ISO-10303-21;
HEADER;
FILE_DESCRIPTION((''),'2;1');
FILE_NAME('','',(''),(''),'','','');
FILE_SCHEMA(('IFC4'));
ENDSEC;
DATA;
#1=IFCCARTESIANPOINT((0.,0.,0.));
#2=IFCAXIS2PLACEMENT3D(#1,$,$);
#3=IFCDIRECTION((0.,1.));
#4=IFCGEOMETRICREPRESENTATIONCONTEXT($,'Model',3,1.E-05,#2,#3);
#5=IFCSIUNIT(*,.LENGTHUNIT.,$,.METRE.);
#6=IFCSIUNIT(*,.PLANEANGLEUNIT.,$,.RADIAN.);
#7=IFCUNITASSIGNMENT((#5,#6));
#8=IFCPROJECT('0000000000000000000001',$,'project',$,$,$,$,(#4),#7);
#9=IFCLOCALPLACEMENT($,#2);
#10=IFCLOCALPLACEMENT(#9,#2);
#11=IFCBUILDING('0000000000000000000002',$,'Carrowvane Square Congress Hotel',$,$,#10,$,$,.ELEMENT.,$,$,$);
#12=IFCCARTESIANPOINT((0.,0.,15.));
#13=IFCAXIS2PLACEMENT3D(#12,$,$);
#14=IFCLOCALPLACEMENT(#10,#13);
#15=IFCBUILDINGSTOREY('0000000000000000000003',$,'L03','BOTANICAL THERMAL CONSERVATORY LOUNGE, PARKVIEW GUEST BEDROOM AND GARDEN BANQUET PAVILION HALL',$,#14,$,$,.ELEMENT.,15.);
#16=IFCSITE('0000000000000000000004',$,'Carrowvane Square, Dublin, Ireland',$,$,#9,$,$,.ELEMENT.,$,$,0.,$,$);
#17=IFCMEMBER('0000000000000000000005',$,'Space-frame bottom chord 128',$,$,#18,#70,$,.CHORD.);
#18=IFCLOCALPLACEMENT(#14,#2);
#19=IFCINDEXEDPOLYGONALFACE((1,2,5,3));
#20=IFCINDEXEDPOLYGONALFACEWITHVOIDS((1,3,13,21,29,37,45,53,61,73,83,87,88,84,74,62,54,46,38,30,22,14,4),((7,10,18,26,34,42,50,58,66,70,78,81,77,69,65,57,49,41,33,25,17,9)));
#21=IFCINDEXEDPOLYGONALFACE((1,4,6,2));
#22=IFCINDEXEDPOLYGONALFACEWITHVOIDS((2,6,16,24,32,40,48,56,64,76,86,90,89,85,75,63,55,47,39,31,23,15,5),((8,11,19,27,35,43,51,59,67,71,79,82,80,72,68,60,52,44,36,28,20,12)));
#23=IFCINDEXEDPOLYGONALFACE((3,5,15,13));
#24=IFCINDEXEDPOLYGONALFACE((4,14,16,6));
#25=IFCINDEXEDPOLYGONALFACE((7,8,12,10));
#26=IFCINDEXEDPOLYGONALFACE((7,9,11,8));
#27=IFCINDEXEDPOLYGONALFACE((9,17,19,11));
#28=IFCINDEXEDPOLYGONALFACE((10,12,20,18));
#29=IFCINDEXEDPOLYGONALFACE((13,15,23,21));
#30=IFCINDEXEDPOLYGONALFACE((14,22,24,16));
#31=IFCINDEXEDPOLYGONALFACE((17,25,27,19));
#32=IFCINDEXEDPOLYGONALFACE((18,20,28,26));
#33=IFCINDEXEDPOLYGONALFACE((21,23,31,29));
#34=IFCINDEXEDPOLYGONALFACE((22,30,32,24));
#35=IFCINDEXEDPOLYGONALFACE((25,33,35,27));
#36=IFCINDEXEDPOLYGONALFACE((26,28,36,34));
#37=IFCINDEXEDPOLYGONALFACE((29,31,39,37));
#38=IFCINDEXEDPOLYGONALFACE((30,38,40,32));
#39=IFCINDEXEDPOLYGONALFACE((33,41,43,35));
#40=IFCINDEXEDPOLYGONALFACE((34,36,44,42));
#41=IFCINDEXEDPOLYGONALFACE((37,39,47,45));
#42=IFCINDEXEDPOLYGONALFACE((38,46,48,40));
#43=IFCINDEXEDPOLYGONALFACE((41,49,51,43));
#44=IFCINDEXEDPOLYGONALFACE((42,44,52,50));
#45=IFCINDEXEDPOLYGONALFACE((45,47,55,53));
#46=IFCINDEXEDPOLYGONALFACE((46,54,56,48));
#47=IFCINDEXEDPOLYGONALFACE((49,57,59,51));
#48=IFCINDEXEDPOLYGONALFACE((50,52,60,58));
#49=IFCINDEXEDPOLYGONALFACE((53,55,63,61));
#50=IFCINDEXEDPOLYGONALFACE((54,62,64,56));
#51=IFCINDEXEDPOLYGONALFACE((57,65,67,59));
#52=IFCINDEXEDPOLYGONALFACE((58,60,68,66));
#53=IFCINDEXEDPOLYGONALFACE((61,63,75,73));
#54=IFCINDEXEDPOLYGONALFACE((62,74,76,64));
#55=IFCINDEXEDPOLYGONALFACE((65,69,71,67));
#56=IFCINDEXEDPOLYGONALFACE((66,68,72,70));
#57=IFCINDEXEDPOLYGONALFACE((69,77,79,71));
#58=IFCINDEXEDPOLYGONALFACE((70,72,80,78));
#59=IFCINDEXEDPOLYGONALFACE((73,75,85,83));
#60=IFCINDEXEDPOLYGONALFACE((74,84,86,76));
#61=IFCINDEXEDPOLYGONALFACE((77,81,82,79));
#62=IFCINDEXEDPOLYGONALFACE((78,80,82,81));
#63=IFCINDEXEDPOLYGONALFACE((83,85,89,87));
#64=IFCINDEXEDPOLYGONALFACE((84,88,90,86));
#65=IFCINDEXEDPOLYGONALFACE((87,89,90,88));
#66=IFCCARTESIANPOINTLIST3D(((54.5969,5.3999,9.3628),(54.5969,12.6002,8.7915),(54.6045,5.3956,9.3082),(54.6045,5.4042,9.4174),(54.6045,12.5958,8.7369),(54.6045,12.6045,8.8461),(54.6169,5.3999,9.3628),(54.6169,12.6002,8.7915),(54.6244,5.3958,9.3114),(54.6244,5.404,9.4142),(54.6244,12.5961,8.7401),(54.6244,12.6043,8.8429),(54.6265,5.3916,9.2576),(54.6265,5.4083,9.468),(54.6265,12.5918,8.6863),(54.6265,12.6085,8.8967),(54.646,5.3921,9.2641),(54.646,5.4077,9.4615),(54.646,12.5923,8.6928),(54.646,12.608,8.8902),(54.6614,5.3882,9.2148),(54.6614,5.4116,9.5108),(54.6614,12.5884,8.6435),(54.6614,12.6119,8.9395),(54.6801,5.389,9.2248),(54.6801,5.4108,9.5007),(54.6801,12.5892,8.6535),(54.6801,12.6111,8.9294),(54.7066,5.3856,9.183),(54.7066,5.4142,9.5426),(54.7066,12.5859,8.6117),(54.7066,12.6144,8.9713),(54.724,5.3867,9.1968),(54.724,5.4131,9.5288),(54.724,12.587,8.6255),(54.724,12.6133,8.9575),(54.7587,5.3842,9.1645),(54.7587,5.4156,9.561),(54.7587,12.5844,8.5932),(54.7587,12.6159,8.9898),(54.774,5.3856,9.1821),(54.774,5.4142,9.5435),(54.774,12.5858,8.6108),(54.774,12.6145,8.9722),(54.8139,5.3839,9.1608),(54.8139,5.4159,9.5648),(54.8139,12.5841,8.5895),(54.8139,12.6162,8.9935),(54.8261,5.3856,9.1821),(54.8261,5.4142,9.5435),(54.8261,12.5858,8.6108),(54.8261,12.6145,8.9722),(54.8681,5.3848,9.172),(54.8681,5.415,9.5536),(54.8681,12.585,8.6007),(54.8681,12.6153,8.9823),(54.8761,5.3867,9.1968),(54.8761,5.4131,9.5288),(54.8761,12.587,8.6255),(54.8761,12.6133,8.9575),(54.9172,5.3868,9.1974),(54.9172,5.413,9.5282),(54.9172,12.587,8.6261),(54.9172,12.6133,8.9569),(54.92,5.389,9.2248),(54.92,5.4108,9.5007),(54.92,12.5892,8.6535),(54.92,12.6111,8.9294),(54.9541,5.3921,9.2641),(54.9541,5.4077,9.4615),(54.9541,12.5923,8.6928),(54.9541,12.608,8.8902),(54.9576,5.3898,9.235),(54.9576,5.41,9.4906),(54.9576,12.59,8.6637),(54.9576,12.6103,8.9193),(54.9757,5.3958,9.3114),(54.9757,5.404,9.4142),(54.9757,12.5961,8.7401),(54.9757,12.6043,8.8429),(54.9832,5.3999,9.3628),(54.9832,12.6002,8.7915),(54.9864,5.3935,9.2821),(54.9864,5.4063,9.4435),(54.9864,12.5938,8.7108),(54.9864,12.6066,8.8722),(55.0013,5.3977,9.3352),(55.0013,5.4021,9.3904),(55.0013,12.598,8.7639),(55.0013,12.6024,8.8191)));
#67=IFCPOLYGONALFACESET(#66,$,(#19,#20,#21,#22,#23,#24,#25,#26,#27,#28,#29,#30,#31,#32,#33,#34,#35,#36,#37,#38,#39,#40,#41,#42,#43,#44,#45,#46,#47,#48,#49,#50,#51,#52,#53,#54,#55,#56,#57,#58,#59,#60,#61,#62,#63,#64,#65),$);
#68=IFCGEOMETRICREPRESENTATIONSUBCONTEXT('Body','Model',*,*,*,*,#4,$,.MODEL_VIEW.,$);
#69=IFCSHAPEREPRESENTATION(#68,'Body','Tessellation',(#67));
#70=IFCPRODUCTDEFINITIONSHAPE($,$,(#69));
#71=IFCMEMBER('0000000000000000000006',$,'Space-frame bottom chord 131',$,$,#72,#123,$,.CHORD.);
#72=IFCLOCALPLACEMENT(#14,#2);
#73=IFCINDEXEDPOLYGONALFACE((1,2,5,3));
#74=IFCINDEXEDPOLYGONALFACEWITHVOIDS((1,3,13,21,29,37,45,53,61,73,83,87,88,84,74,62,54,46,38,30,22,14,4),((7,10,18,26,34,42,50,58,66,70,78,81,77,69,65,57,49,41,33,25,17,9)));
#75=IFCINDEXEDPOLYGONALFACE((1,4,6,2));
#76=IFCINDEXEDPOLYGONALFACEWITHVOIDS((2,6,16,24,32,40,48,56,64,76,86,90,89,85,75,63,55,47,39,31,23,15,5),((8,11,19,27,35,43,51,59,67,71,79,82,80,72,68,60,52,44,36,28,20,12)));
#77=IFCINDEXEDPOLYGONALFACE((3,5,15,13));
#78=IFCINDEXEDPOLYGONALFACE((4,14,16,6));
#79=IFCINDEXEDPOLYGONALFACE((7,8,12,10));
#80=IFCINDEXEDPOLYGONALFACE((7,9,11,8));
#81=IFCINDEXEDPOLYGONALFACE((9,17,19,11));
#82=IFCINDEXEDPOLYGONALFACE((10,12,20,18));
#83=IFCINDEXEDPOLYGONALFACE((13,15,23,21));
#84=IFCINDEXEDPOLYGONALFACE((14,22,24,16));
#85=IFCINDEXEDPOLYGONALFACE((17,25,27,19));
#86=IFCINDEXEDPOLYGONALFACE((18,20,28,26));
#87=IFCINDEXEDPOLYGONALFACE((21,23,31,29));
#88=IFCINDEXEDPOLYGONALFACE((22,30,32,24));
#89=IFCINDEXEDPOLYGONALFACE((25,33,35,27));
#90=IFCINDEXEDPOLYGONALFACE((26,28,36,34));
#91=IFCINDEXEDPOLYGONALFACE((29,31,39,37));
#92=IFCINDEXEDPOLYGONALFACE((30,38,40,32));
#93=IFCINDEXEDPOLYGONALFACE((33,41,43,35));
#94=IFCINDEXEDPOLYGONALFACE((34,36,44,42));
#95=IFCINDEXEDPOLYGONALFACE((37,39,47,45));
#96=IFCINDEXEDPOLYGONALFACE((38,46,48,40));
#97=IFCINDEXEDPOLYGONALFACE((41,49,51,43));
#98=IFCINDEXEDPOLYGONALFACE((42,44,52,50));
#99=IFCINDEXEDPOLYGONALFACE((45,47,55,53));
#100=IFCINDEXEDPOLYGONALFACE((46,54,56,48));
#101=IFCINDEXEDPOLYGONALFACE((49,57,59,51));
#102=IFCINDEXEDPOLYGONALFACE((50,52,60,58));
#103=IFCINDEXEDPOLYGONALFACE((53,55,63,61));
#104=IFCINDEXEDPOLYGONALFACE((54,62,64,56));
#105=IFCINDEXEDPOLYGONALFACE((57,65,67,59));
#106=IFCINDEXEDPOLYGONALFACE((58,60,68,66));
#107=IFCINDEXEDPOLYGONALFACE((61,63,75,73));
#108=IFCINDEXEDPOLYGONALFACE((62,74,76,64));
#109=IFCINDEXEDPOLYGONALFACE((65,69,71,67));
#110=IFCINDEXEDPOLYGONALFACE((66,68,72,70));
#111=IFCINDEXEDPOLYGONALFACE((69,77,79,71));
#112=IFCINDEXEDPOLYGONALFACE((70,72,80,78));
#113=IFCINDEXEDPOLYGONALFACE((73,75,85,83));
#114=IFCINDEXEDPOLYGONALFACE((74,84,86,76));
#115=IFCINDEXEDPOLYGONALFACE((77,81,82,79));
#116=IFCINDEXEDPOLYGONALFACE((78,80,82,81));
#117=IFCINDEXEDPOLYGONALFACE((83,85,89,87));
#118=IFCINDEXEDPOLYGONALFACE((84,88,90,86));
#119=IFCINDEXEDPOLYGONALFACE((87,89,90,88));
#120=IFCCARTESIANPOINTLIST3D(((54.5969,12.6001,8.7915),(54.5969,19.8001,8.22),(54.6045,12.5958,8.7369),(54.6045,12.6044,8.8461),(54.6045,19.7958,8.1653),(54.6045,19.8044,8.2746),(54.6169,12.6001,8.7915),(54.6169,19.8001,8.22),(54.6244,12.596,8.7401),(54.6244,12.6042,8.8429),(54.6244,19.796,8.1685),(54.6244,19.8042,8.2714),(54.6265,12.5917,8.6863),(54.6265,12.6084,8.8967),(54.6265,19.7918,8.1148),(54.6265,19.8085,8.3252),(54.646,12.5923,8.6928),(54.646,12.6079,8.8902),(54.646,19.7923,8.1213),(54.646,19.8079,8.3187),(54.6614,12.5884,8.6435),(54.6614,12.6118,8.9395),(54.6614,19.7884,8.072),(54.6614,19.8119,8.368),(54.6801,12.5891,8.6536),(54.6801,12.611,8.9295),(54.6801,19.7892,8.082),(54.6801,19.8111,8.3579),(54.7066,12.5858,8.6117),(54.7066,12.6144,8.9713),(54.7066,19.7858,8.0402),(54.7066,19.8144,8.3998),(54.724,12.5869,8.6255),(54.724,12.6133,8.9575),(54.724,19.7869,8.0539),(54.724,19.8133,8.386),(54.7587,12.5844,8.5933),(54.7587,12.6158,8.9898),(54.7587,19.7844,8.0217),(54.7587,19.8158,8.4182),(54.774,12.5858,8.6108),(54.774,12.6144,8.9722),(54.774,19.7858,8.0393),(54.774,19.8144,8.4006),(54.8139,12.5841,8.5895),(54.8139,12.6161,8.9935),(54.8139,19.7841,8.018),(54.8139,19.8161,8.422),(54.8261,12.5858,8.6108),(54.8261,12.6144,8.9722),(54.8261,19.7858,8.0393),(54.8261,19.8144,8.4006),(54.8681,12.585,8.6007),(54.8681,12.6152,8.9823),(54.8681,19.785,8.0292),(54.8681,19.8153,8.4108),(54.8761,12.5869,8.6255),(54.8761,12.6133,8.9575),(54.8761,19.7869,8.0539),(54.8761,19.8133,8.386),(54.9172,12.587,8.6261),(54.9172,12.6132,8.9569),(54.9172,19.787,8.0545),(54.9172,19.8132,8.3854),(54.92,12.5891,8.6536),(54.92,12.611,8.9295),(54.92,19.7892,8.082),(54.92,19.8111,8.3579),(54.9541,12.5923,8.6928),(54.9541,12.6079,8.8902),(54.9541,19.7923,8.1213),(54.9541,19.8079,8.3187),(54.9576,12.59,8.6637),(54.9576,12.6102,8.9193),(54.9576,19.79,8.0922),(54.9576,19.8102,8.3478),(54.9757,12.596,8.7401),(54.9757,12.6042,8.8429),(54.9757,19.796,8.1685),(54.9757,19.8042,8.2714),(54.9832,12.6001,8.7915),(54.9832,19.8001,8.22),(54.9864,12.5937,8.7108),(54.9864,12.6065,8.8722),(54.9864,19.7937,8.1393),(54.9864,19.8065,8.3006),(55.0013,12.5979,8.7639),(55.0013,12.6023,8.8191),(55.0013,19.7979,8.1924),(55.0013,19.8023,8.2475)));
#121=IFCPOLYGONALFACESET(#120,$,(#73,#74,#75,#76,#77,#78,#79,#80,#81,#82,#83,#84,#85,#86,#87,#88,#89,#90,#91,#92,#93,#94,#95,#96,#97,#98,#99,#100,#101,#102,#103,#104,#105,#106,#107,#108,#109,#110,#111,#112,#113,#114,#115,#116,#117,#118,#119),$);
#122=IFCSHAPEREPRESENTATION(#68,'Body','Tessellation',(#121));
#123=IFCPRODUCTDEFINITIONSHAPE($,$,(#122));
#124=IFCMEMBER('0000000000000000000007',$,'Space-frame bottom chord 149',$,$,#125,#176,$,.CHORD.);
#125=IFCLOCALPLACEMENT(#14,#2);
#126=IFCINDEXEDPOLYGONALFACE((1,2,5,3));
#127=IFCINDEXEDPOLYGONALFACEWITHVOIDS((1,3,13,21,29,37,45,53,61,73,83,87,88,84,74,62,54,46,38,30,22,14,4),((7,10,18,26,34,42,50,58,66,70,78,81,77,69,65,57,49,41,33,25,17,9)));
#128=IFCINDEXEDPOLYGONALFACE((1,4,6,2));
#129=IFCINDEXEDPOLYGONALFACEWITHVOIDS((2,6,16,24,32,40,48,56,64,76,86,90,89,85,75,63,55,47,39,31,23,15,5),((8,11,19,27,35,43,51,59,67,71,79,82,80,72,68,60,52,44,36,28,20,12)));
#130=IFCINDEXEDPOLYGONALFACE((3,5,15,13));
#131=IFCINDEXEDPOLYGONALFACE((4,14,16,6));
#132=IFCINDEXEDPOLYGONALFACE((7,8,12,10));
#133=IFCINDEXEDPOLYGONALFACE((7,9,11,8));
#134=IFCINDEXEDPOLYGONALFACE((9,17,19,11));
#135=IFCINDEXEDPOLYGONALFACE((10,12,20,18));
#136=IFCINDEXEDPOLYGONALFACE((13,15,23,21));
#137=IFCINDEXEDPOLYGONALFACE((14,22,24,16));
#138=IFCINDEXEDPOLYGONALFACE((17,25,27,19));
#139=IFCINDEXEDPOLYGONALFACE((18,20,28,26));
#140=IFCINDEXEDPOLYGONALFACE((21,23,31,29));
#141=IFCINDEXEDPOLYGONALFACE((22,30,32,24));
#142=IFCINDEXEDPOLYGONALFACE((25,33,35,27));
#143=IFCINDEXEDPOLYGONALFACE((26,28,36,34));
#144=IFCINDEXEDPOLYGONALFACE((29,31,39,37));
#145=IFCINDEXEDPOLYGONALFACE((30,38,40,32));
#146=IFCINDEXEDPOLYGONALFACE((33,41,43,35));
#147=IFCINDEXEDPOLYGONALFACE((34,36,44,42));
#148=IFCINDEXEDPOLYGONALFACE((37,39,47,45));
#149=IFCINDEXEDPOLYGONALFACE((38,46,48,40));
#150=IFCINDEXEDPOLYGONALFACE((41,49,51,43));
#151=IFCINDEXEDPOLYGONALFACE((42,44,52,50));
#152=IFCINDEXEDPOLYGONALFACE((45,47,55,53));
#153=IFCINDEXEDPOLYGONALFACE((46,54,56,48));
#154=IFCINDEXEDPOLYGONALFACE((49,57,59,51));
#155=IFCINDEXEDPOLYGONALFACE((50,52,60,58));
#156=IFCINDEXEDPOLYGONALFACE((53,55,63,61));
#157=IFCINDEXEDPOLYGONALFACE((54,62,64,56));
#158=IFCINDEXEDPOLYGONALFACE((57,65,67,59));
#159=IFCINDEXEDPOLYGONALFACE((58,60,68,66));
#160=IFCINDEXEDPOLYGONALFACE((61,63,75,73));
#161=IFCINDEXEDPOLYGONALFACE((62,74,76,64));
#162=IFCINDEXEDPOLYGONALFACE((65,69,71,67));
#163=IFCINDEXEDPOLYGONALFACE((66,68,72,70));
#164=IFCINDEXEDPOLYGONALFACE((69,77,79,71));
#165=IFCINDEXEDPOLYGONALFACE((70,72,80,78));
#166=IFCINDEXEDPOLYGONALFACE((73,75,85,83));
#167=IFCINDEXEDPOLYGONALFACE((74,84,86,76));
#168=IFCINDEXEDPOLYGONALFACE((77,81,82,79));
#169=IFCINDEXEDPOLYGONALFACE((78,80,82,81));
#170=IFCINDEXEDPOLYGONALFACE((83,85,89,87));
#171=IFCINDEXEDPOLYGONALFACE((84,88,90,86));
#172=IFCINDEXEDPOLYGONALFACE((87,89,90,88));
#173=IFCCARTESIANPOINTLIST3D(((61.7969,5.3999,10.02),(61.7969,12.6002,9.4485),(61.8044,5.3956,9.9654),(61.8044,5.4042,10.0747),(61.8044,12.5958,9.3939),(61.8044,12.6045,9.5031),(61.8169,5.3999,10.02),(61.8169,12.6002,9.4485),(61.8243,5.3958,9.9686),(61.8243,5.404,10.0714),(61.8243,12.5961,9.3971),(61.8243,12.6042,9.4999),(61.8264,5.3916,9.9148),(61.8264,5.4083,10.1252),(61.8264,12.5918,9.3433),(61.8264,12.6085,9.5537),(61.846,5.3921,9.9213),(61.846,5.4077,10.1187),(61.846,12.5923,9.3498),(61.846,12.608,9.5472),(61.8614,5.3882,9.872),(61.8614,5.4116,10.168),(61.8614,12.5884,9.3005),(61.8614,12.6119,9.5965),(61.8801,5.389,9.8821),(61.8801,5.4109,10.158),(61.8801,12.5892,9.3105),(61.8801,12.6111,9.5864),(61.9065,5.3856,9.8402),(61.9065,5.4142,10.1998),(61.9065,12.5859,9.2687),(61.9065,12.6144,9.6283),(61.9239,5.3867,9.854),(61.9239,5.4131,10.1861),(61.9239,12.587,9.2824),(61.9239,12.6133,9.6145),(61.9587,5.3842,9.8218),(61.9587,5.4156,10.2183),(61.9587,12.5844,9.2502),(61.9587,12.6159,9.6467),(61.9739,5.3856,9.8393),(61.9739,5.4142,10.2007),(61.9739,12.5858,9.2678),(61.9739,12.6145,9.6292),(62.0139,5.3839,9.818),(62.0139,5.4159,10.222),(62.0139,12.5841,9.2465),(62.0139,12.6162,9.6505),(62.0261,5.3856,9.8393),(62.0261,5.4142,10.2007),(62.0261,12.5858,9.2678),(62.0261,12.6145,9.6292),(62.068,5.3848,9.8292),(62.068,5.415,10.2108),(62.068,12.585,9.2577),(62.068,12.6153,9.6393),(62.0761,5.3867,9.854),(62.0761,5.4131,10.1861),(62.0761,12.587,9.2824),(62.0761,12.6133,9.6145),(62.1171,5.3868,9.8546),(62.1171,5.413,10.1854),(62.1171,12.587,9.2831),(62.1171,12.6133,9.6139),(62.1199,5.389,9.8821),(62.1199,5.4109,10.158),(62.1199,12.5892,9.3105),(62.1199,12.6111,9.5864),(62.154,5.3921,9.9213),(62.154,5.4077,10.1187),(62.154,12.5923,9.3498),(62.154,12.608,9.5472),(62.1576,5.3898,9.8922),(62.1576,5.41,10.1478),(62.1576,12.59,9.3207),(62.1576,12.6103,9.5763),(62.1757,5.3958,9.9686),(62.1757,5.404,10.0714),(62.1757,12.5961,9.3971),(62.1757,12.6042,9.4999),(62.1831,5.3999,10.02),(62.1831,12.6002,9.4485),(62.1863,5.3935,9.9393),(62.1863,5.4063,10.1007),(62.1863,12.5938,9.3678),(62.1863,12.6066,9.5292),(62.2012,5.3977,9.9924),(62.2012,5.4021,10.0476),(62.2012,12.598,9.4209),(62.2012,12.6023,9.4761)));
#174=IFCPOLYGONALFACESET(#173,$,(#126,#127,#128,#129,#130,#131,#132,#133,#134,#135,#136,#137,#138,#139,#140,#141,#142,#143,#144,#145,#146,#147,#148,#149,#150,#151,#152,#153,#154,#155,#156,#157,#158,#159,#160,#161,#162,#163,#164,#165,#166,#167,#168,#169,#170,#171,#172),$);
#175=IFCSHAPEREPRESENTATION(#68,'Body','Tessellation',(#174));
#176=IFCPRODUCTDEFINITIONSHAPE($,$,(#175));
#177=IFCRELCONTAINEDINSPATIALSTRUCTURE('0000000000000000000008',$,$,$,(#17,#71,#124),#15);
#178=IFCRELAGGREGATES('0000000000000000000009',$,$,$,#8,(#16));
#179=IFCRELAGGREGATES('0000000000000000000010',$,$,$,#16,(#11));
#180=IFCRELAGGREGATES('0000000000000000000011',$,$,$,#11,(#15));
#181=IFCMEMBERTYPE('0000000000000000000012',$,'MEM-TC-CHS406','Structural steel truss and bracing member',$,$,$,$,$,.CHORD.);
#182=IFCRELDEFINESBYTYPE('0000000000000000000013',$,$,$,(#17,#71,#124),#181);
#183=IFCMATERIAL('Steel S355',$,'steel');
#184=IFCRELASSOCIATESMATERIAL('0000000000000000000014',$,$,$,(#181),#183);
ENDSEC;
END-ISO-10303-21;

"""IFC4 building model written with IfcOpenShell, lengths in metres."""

from ifc_helpers import new_model, si_unit, direction, frame, origin, origin_2d, place, context, subcontext, project, spatial, hollow_circle, extrude, material, material_profile, profile_set, type_object, element, save


model = new_model("IFC4")

# Units and contexts
model_context = context("Model", 3, precision=1e-05, world=origin(), true_north=direction((0.0, 1.0)))
body_context = subcontext(model_context, "Body", "Model", "MODEL_VIEW")
ifc_project = project(units=[si_unit("LENGTHUNIT", "METRE"), si_unit("PLANEANGLEUNIT", "RADIAN")], contexts=[model_context])

# Site, building, storey
site_placement = place(None, origin())
site = spatial("IfcSite", under=ifc_project, at=site_placement, Name="Carrowvane Square, Dublin, Ireland", CompositionType="ELEMENT", RefElevation=0.0)
building_placement = place(site_placement, origin())
building = spatial("IfcBuilding", under=site, at=building_placement, Name="Carrowvane Square Congress Hotel", CompositionType="ELEMENT")
storey_placement = place(building_placement, frame((0.0, 0.0, 15.0)))
storey = spatial("IfcBuildingStorey", under=building, at=storey_placement, Name="L03", Description="BOTANICAL THERMAL CONSERVATORY LOUNGE, PARKVIEW GUEST BEDROOM AND GARDEN BANQUET PAVILION HALL", CompositionType="ELEMENT", Elevation=15.0)

# Members
ifc_material_1 = material(Name="Steel S355", Category="steel")
ifc_material_profile_1 = material_profile(ifc_material_1, hollow_circle(Radius=0.2031, WallThickness=0.02, at=origin_2d()), Name="CHS 406.4x20")
ifc_profile_set_1 = profile_set([ifc_material_profile_1], Name="Steel S355")
member_type_1 = type_object("IfcMemberType", Name="MEM-TC-CHS406", Description="Structural steel truss and bracing member", PredefinedType="CHORD", material=ifc_profile_set_1)
member_1_placement = place(storey_placement, frame((54.8, 5.3999, 9.3628), z_axis=(0.0, 0.996867, -0.079095), x_axis=(-1.0, 0.0, 0.0)))
element("IfcMember", 1, at=member_1_placement, inside=storey, type_object=member_type_1, Name="Space-frame bottom chord 128", PredefinedType="CHORD", context=body_context, shape_type="SweptSolid", body=[
    extrude(hollow_circle(Radius=0.2031, WallThickness=0.02, at=origin_2d()), origin(), (0.0, 0.0, 1.0), 7.2229),
])
member_2_placement = place(storey_placement, frame((54.8, 12.6001, 8.7915), z_axis=(0.0, 0.996864, -0.079131), x_axis=(-1.0, 0.0, 0.0)))
element("IfcMember", 2, at=member_2_placement, inside=storey, type_object=member_type_1, Name="Space-frame bottom chord 131", PredefinedType="CHORD", context=body_context, shape_type="SweptSolid", body=[
    extrude(hollow_circle(Radius=0.2031, WallThickness=0.02, at=origin_2d()), origin(), (0.0, 0.0, 1.0), 7.2227),
])
member_3_placement = place(storey_placement, frame((62.0, 5.3999, 10.02), z_axis=(0.0, 0.996864, -0.079129), x_axis=(-1.0, 0.0, 0.0)))
element("IfcMember", 3, at=member_3_placement, inside=storey, type_object=member_type_1, Name="Space-frame bottom chord 149", PredefinedType="CHORD", context=body_context, shape_type="SweptSolid", body=[
    extrude(hollow_circle(Radius=0.2031, WallThickness=0.02, at=origin_2d()), origin(), (0.0, 0.0, 1.0), 7.2229),
])

save(model, "model.ifc")
